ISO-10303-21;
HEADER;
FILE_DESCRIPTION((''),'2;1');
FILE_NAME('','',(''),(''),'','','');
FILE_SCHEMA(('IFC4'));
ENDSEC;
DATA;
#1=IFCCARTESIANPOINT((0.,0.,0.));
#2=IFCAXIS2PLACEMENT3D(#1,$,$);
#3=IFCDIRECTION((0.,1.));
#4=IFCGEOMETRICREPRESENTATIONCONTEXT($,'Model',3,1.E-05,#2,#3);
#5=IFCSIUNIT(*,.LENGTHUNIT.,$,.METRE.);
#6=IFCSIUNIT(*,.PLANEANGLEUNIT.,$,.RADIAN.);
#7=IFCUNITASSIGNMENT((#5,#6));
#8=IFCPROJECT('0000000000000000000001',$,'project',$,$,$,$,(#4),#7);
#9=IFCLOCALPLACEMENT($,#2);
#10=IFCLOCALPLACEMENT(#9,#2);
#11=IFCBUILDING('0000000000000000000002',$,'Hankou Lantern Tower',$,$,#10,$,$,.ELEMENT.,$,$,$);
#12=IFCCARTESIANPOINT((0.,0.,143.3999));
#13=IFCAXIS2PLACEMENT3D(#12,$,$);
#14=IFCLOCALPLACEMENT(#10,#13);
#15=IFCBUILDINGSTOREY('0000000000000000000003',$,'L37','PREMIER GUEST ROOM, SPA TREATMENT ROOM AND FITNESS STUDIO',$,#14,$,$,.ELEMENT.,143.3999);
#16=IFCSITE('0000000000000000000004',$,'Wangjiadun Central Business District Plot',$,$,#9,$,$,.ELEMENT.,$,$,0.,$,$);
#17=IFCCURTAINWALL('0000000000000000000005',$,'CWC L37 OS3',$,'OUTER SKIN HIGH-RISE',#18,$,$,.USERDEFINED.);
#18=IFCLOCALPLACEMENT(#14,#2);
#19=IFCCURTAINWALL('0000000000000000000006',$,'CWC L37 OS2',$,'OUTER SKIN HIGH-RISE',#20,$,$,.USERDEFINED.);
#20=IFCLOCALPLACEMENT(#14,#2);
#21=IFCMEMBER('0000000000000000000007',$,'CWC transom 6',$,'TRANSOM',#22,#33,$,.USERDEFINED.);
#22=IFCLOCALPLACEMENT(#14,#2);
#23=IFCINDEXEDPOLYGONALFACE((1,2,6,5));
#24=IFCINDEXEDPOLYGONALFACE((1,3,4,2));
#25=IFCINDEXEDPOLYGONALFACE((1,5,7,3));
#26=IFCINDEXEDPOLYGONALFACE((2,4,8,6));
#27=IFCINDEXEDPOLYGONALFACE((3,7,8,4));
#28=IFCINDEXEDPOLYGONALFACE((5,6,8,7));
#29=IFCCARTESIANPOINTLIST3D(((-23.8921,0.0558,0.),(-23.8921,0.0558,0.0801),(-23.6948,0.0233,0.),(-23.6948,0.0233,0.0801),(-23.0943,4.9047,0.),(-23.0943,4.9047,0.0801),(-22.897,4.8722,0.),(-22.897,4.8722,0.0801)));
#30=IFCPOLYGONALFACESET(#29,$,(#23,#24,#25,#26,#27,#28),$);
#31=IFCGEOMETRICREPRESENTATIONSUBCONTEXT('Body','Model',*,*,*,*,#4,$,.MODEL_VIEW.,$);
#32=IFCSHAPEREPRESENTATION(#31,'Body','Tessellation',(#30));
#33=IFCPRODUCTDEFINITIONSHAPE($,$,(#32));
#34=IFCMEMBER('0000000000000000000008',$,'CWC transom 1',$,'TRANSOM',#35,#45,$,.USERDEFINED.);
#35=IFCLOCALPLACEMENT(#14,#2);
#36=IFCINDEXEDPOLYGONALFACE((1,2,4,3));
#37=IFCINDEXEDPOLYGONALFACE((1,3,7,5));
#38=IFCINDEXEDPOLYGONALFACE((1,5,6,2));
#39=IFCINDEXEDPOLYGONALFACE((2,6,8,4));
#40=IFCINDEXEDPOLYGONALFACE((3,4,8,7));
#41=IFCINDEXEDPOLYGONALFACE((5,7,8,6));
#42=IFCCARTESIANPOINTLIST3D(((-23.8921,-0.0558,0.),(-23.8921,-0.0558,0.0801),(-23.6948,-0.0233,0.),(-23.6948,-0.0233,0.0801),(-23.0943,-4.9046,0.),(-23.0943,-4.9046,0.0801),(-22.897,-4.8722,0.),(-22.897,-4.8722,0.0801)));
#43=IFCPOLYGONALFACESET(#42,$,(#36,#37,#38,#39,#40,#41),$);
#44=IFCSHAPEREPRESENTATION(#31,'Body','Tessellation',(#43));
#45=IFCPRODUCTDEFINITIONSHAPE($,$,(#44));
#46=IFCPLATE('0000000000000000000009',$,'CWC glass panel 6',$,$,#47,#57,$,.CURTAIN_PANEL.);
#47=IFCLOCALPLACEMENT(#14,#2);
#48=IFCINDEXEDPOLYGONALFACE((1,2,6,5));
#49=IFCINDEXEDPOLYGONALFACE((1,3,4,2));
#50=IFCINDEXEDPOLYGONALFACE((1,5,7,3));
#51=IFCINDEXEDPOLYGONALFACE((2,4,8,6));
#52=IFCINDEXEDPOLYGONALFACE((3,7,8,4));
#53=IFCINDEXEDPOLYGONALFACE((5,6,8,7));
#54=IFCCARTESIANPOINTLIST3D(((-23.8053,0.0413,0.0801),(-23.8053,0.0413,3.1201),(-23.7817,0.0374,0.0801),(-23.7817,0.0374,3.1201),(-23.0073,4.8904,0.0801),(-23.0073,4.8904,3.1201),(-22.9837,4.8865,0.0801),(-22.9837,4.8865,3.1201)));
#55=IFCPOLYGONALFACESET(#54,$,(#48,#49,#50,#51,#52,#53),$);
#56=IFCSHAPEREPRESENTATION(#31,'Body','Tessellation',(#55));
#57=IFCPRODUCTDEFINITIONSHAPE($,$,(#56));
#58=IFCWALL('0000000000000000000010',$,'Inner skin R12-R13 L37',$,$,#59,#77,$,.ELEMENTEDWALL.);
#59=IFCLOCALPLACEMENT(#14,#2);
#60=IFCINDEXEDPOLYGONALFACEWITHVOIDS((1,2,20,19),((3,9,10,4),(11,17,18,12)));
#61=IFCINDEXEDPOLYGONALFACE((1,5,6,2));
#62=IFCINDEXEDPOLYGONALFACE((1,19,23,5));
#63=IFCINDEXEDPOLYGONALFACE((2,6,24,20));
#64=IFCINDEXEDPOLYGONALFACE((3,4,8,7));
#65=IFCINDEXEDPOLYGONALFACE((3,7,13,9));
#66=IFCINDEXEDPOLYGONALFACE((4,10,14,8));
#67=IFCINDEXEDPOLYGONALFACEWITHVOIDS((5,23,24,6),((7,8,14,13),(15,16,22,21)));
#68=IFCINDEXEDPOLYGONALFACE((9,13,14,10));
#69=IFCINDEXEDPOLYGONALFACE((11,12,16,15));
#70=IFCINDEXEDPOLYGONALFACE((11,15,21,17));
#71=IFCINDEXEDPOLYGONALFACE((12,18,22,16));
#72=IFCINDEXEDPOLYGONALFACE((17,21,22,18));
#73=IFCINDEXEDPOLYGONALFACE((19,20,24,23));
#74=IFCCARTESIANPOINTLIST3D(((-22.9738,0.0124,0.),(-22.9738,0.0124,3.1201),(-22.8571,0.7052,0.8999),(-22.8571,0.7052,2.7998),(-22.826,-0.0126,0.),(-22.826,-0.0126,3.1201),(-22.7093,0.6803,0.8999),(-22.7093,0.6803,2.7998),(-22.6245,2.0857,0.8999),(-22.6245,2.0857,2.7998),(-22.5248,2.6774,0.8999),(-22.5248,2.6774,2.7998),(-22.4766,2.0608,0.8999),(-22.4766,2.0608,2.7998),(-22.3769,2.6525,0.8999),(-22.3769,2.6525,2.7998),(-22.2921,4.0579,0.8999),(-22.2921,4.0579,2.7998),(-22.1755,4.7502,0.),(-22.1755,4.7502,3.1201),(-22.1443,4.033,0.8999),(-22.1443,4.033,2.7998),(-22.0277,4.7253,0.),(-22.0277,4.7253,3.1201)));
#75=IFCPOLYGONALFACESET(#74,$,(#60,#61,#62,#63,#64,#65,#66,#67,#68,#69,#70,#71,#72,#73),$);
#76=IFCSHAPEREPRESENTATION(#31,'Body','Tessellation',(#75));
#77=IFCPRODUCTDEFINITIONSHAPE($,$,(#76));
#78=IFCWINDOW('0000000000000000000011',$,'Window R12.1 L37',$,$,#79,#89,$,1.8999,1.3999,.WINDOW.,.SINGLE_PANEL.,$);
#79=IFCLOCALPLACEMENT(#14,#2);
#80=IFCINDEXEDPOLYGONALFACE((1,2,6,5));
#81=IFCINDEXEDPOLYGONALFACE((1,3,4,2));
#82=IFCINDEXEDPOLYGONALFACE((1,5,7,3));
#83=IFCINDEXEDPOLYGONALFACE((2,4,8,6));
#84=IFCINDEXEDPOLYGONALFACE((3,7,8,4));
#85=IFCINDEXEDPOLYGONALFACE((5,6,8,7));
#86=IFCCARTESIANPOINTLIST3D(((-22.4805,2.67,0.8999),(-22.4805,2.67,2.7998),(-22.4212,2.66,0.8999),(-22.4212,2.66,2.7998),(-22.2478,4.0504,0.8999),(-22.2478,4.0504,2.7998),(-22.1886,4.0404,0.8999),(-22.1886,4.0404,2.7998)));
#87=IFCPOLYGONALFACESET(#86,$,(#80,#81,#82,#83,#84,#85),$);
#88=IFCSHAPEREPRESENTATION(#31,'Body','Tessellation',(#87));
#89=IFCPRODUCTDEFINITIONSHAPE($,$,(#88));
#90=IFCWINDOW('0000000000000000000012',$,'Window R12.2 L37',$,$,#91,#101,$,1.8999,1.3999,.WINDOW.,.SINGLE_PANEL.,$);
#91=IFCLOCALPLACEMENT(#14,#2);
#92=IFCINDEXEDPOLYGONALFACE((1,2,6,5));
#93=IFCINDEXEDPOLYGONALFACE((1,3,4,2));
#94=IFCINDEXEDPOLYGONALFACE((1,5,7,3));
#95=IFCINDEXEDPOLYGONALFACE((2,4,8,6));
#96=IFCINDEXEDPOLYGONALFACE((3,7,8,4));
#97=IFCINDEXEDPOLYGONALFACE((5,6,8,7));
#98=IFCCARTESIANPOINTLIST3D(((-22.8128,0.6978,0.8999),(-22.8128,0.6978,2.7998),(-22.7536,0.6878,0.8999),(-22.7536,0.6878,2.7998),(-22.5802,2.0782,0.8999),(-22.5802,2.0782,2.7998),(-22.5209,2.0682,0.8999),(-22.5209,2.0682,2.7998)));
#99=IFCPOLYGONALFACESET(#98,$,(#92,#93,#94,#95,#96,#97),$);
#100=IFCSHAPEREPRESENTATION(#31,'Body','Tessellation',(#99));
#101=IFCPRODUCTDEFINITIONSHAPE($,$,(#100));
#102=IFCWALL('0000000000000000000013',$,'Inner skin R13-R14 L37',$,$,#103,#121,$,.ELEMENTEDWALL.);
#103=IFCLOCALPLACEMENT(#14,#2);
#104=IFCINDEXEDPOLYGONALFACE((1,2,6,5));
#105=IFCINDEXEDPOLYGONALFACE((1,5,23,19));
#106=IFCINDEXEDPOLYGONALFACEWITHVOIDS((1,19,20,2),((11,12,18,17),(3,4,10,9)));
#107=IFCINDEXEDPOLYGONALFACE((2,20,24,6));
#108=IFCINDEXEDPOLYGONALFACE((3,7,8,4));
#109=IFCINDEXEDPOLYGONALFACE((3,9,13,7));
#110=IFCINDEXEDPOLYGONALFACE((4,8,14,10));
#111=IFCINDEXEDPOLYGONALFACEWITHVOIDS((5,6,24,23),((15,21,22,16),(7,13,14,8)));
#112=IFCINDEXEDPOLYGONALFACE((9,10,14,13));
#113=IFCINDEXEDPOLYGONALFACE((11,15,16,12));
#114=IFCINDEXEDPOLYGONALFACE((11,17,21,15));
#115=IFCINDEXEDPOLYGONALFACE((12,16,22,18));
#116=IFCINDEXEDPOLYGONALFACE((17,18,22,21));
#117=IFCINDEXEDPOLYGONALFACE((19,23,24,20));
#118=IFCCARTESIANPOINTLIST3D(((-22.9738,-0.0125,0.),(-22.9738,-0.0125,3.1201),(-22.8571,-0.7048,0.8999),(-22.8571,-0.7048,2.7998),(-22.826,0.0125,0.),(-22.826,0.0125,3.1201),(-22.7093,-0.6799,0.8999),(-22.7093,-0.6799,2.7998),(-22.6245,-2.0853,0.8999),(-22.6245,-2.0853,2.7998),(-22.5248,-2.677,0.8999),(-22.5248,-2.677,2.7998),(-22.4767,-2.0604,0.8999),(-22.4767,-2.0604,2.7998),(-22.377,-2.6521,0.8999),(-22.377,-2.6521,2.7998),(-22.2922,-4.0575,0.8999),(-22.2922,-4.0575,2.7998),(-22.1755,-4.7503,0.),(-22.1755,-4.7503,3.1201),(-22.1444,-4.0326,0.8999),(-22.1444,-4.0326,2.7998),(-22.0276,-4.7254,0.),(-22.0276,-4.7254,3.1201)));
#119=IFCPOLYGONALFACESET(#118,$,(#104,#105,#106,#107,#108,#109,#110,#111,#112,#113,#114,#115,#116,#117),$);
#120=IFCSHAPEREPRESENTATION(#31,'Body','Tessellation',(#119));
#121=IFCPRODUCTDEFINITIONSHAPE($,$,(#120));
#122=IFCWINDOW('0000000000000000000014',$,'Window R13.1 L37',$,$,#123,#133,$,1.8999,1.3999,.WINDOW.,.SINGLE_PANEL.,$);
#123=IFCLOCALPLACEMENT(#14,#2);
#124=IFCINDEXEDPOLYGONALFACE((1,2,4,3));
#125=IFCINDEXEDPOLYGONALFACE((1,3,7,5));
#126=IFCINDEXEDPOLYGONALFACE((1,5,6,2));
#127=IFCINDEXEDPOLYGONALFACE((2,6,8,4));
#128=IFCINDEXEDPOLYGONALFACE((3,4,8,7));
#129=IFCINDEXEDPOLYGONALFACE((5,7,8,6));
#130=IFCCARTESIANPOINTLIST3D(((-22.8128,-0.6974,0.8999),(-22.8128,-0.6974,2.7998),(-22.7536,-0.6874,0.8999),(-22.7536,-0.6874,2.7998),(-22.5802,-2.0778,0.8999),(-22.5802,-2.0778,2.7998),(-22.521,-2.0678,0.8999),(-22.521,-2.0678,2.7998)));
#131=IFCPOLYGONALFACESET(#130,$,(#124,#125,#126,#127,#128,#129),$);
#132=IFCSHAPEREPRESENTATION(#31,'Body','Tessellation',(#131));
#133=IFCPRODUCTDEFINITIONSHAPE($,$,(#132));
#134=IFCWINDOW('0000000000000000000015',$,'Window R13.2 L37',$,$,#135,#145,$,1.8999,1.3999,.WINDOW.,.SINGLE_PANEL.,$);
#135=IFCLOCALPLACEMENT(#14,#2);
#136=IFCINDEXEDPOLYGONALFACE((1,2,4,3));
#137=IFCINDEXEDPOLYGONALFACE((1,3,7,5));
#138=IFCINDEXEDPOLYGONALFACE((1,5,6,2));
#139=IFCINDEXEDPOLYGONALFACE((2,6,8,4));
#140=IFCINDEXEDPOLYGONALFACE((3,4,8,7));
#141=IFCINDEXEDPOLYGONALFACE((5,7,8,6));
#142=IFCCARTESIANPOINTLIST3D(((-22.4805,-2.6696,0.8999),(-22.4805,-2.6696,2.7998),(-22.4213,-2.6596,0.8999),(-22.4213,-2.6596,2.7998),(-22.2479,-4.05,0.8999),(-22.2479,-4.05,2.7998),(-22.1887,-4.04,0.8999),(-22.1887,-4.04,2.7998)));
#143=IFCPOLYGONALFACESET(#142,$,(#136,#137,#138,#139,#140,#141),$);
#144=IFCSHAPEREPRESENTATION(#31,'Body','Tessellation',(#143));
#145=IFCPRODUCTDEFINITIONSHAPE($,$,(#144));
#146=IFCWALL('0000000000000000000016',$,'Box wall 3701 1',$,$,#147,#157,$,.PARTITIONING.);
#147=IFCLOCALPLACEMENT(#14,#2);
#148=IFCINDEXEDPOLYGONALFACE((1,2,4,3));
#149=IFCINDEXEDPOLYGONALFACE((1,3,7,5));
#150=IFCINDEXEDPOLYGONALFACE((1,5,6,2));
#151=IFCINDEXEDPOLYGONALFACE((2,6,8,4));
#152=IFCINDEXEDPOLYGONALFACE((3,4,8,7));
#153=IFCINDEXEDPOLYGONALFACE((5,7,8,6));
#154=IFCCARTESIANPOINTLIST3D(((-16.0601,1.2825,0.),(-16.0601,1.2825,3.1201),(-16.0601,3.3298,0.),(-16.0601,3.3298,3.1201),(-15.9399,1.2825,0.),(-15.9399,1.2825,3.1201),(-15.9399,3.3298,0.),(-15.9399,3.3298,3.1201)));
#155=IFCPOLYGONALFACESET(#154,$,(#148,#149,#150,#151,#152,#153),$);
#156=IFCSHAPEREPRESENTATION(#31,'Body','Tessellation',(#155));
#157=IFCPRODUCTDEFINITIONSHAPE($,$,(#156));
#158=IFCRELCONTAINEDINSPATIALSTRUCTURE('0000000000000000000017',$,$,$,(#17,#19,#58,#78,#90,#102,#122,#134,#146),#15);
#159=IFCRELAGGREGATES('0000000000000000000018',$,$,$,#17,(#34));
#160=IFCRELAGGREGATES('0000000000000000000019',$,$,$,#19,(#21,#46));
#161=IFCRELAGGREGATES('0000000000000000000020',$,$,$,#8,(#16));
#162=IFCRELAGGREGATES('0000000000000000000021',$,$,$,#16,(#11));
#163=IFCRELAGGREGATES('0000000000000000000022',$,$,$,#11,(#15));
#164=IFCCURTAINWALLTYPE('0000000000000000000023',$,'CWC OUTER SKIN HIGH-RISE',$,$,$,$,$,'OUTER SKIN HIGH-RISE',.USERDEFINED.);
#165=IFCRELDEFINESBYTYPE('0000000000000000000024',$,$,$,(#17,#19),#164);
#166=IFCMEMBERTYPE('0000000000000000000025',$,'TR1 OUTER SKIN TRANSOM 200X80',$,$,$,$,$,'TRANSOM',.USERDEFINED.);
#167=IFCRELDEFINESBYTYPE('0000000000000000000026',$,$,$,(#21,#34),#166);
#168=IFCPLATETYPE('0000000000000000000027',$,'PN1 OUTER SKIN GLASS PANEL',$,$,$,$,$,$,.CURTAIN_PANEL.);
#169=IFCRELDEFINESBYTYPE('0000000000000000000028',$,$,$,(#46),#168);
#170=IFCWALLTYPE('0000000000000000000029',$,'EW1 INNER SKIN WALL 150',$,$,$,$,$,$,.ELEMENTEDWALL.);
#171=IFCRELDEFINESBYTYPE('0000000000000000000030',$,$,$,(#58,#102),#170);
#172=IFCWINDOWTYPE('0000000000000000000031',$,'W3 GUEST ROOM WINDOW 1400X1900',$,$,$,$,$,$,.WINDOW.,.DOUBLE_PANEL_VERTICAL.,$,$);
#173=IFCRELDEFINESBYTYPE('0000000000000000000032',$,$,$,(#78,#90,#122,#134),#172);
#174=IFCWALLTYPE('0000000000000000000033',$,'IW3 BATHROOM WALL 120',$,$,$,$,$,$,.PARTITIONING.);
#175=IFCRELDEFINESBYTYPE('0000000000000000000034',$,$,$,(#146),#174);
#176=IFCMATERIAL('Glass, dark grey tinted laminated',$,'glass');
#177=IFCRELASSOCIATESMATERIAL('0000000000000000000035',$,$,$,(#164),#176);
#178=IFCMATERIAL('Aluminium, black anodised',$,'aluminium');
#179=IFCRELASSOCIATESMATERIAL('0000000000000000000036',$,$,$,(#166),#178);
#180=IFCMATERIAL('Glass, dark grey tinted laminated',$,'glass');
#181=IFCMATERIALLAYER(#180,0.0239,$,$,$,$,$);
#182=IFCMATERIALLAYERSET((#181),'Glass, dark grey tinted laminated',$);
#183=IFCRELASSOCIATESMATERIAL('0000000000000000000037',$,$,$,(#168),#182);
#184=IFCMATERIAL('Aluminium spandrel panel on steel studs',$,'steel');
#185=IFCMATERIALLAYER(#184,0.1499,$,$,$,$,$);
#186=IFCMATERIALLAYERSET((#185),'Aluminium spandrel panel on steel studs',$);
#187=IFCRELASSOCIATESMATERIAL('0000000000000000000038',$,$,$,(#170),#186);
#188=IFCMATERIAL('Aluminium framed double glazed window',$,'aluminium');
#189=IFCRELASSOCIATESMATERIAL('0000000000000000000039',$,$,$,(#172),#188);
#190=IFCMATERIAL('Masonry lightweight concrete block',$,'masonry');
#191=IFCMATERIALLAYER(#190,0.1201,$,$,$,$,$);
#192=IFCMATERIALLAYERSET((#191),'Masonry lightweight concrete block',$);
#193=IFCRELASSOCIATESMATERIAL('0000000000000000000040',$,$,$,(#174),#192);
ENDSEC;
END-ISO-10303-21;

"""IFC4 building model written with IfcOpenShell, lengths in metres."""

from ifc_helpers import new_model, si_unit, direction, frame, frame_2d, origin, origin_2d, place, context, subcontext, project, spatial, rectangle, extrude, material, layer, layer_set, material_profile, profile_set, type_object, element, fill, aggregate, save


model = new_model("IFC4")

# Units and contexts
model_context = context("Model", 3, precision=1e-05, world=origin(), true_north=direction((0.0, 1.0)))
body_context = subcontext(model_context, "Body", "Model", "MODEL_VIEW")
ifc_project = project(units=[si_unit("LENGTHUNIT", "METRE"), si_unit("PLANEANGLEUNIT", "RADIAN")], contexts=[model_context])

# Site, building, storey
site_placement = place(None, origin())
site = spatial("IfcSite", under=ifc_project, at=site_placement, Name="Wangjiadun Central Business District Plot", CompositionType="ELEMENT", RefElevation=0.0)
building_placement = place(site_placement, origin())
building = spatial("IfcBuilding", under=site, at=building_placement, Name="Hankou Lantern Tower", CompositionType="ELEMENT")
storey_placement = place(building_placement, frame((0.0, 0.0, 143.3999)))
storey = spatial("IfcBuildingStorey", under=building, at=storey_placement, Name="L37", Description="PREMIER GUEST ROOM, SPA TREATMENT ROOM AND FITNESS STUDIO", CompositionType="ELEMENT", Elevation=143.3999)

# Curtain wall
ifc_material_1 = material(Name="Glass, dark grey tinted laminated", Category="glass")
curtain_wall_type = type_object("IfcCurtainWallType", Name="CWC OUTER SKIN HIGH-RISE", ElementType="OUTER SKIN HIGH-RISE", PredefinedType="USERDEFINED", material=ifc_material_1)
curtain_wall_1_placement = place(storey_placement, origin())
curtain_wall_1 = element("IfcCurtainWall", 1, at=curtain_wall_1_placement, inside=storey, type_object=curtain_wall_type, Name="CWC L37 OS3", ObjectType="OUTER SKIN HIGH-RISE", PredefinedType="USERDEFINED")

# Curtain wall, member
curtain_wall_2_placement = place(storey_placement, origin())
curtain_wall_2 = element("IfcCurtainWall", 2, at=curtain_wall_2_placement, inside=storey, type_object=curtain_wall_type, Name="CWC L37 OS2", ObjectType="OUTER SKIN HIGH-RISE", PredefinedType="USERDEFINED")
ifc_material_2 = material(Name="Aluminium, black anodised", Category="aluminium")
ifc_material_profile_1 = material_profile(ifc_material_2, rectangle(XDim=0.2, YDim=0.0801, at=origin_2d()), Name="TR1 200X80")
ifc_profile_set_1 = profile_set([ifc_material_profile_1], Name="Aluminium, black anodised")
member_type_1 = type_object("IfcMemberType", Name="TR1 OUTER SKIN TRANSOM 200X80", ElementType="TRANSOM", PredefinedType="USERDEFINED", material=ifc_profile_set_1)
member_1_placement = place(storey_placement, frame((-22.9956, 4.8884, 0.04), z_axis=(-0.16236, -0.986732, 0.0), x_axis=(0.986732, -0.16236, 0.0)))
member_1 = element("IfcMember", 3, at=member_1_placement, type_object=member_type_1, Name="CWC transom 6", ObjectType="TRANSOM", PredefinedType="USERDEFINED", context=body_context, shape_type="SweptSolid", body=[
    extrude(rectangle(XDim=0.2, YDim=0.0801, at=origin_2d()), origin(), (0.0, 0.0, 1.0), 4.9141),
])

# Member
member_2_placement = place(storey_placement, frame((-23.7935, -0.0396, 0.04), z_axis=(0.16236, -0.986732, 0.0), x_axis=(0.986732, 0.16236, 0.0)))
member_2 = element("IfcMember", 4, at=member_2_placement, type_object=member_type_1, Name="CWC transom 1", ObjectType="TRANSOM", PredefinedType="USERDEFINED", context=body_context, shape_type="SweptSolid", body=[
    extrude(rectangle(XDim=0.2, YDim=0.0801, at=origin_2d()), origin(), (0.0, 0.0, 1.0), 4.9141),
])
aggregate(curtain_wall_1, [member_2])

# Plate
ifc_material_3 = material(Name="Glass, dark grey tinted laminated", Category="glass")
ifc_layer_1 = layer(ifc_material_3, 0.0239)
ifc_layer_set_1 = layer_set([ifc_layer_1], Name="Glass, dark grey tinted laminated")
plate_type = type_object("IfcPlateType", Name="PN1 OUTER SKIN GLASS PANEL", PredefinedType="CURTAIN_PANEL", material=ifc_layer_set_1)
plate_placement = place(storey_placement, frame((-23.3945, 2.4639, 0.0801), z_axis=(0.0, 0.0, 1.0), x_axis=(-0.162382, -0.986728, 0.0)))
plate = element("IfcPlate", 5, at=plate_placement, type_object=plate_type, Name="CWC glass panel 6", PredefinedType="CURTAIN_PANEL", context=body_context, shape_type="SweptSolid", body=[
    extrude(rectangle(XDim=4.9143, YDim=0.0239, at=origin_2d()), origin(), (0.0, 0.0, 1.0), 3.04),
])
aggregate(curtain_wall_2, [member_1, plate])

# Walls, openings, windows
ifc_material_4 = material(Name="Aluminium spandrel panel on steel studs", Category="steel")
ifc_layer_2 = layer(ifc_material_4, 0.1499)
ifc_layer_set_2 = layer_set([ifc_layer_2], Name="Aluminium spandrel panel on steel studs")
wall_type_1 = type_object("IfcWallType", Name="EW1 INNER SKIN WALL 150", PredefinedType="ELEMENTEDWALL", material=ifc_layer_set_2)
wall_1_placement = place(storey_placement, frame((-22.1016, 4.7378, 0.0), z_axis=(0.0, 0.0, 1.0), x_axis=(-0.166162, -0.986098, 0.0)))
wall_1 = element("IfcWall", 6, at=wall_1_placement, inside=storey, type_object=wall_type_1, Name="Inner skin R12-R13 L37", PredefinedType="ELEMENTEDWALL", context=body_context, shape_type="SweptSolid", body=[
    extrude(rectangle(XDim=4.8047, YDim=0.1499, at=frame_2d((2.4023, 0.0))), origin(), (0.0, 0.0, 1.0), 3.1201),
])
opening_1_placement = place(wall_1_placement, frame((0.7021, 0.0, 0.8999)))
opening_1 = element("IfcOpeningElement", 7, at=opening_1_placement, cuts=wall_1, PredefinedType="OPENING", context=body_context, shape_type="SweptSolid", body=[
    extrude(rectangle(XDim=1.3999, YDim=1.8999, at=frame_2d((0.7, 0.95))), frame((0.0, 0.085, 0.0), z_axis=(0.0, -1.0, 0.0), x_axis=(1.0, 0.0, 0.0)), (0.0, 0.0, 1.0), 0.1699),
])
opening_2_placement = place(wall_1_placement, frame((2.7021, 0.0, 0.8999)))
opening_2 = element("IfcOpeningElement", 8, at=opening_2_placement, cuts=wall_1, PredefinedType="OPENING", context=body_context, shape_type="SweptSolid", body=[
    extrude(rectangle(XDim=1.3999, YDim=1.8999, at=frame_2d((0.7, 0.95))), frame((0.0, 0.085, 0.0), z_axis=(0.0, -1.0, 0.0), x_axis=(1.0, 0.0, 0.0)), (0.0, 0.0, 1.0), 0.1699),
])
ifc_material_5 = material(Name="Aluminium framed double glazed window", Category="aluminium")
window_type = type_object("IfcWindowType", Name="W3 GUEST ROOM WINDOW 1400X1900", PartitioningType="DOUBLE_PANEL_VERTICAL", PredefinedType="WINDOW", material=ifc_material_5)
window_1_placement = place(opening_1_placement, origin())
window_1 = element("IfcWindow", 9, at=window_1_placement, inside=storey, type_object=window_type, Name="Window R12.1 L37", OverallHeight=1.8999, OverallWidth=1.3999, PartitioningType="SINGLE_PANEL", PredefinedType="WINDOW", context=body_context, shape_type="SweptSolid", body=[
    extrude(rectangle(XDim=1.3999, YDim=1.8999, at=frame_2d((0.7, 0.95))), frame((0.0, 0.03, 0.0), z_axis=(0.0, -1.0, 0.0), x_axis=(1.0, 0.0, 0.0)), (0.0, 0.0, 1.0), 0.0601),
])
fill(opening_1, window_1)
window_2_placement = place(opening_2_placement, origin())
window_2 = element("IfcWindow", 10, at=window_2_placement, inside=storey, type_object=window_type, Name="Window R12.2 L37", OverallHeight=1.8999, OverallWidth=1.3999, PartitioningType="SINGLE_PANEL", PredefinedType="WINDOW", context=body_context, shape_type="SweptSolid", body=[
    extrude(rectangle(XDim=1.3999, YDim=1.8999, at=frame_2d((0.7, 0.95))), frame((0.0, 0.03, 0.0), z_axis=(0.0, -1.0, 0.0), x_axis=(1.0, 0.0, 0.0)), (0.0, 0.0, 1.0), 0.0601),
])
fill(opening_2, window_2)
wall_2_placement = place(storey_placement, frame((-22.8999, 0.0, 0.0), z_axis=(0.0, 0.0, 1.0), x_axis=(0.166162, -0.986098, 0.0)))
wall_2 = element("IfcWall", 11, at=wall_2_placement, inside=storey, type_object=wall_type_1, Name="Inner skin R13-R14 L37", PredefinedType="ELEMENTEDWALL", context=body_context, shape_type="SweptSolid", body=[
    extrude(rectangle(XDim=4.8047, YDim=0.1499, at=frame_2d((2.4023, 0.0))), origin(), (0.0, 0.0, 1.0), 3.1201),
])
opening_3_placement = place(wall_2_placement, frame((0.7021, 0.0, 0.8999)))
opening_3 = element("IfcOpeningElement", 12, at=opening_3_placement, cuts=wall_2, PredefinedType="OPENING", context=body_context, shape_type="SweptSolid", body=[
    extrude(rectangle(XDim=1.3999, YDim=1.8999, at=frame_2d((0.7, 0.95))), frame((0.0, 0.085, 0.0), z_axis=(0.0, -1.0, 0.0), x_axis=(1.0, 0.0, 0.0)), (0.0, 0.0, 1.0), 0.1699),
])
opening_4_placement = place(wall_2_placement, frame((2.7021, 0.0, 0.8999)))
opening_4 = element("IfcOpeningElement", 13, at=opening_4_placement, cuts=wall_2, PredefinedType="OPENING", context=body_context, shape_type="SweptSolid", body=[
    extrude(rectangle(XDim=1.3999, YDim=1.8999, at=frame_2d((0.7, 0.95))), frame((0.0, 0.085, 0.0), z_axis=(0.0, -1.0, 0.0), x_axis=(1.0, 0.0, 0.0)), (0.0, 0.0, 1.0), 0.1699),
])
window_3_placement = place(opening_3_placement, origin())
window_3 = element("IfcWindow", 14, at=window_3_placement, inside=storey, type_object=window_type, Name="Window R13.1 L37", OverallHeight=1.8999, OverallWidth=1.3999, PartitioningType="SINGLE_PANEL", PredefinedType="WINDOW", context=body_context, shape_type="SweptSolid", body=[
    extrude(rectangle(XDim=1.3999, YDim=1.8999, at=frame_2d((0.7, 0.95))), frame((0.0, 0.03, 0.0), z_axis=(0.0, -1.0, 0.0), x_axis=(1.0, 0.0, 0.0)), (0.0, 0.0, 1.0), 0.0601),
])
fill(opening_3, window_3)
window_4_placement = place(opening_4_placement, origin())
window_4 = element("IfcWindow", 15, at=window_4_placement, inside=storey, type_object=window_type, Name="Window R13.2 L37", OverallHeight=1.8999, OverallWidth=1.3999, PartitioningType="SINGLE_PANEL", PredefinedType="WINDOW", context=body_context, shape_type="SweptSolid", body=[
    extrude(rectangle(XDim=1.3999, YDim=1.8999, at=frame_2d((0.7, 0.95))), frame((0.0, 0.03, 0.0), z_axis=(0.0, -1.0, 0.0), x_axis=(1.0, 0.0, 0.0)), (0.0, 0.0, 1.0), 0.0601),
])
fill(opening_4, window_4)

# Wall
ifc_material_6 = material(Name="Masonry lightweight concrete block", Category="masonry")
ifc_layer_3 = layer(ifc_material_6, 0.1201)
ifc_layer_set_3 = layer_set([ifc_layer_3], Name="Masonry lightweight concrete block")
wall_type_2 = type_object("IfcWallType", Name="IW3 BATHROOM WALL 120", PredefinedType="PARTITIONING", material=ifc_layer_set_3)
wall_3_placement = place(storey_placement, frame((-16.0, 3.3298, 0.0), z_axis=(0.0, 0.0, 1.0), x_axis=(0.0, -1.0, 0.0)))
element("IfcWall", 16, at=wall_3_placement, inside=storey, type_object=wall_type_2, Name="Box wall 3701 1", PredefinedType="PARTITIONING", context=body_context, shape_type="SweptSolid", body=[
    extrude(rectangle(XDim=2.0474, YDim=0.1201, at=frame_2d((1.0237, 0.0))), origin(), (0.0, 0.0, 1.0), 3.1201),
])

save(model, "model.ifc")
